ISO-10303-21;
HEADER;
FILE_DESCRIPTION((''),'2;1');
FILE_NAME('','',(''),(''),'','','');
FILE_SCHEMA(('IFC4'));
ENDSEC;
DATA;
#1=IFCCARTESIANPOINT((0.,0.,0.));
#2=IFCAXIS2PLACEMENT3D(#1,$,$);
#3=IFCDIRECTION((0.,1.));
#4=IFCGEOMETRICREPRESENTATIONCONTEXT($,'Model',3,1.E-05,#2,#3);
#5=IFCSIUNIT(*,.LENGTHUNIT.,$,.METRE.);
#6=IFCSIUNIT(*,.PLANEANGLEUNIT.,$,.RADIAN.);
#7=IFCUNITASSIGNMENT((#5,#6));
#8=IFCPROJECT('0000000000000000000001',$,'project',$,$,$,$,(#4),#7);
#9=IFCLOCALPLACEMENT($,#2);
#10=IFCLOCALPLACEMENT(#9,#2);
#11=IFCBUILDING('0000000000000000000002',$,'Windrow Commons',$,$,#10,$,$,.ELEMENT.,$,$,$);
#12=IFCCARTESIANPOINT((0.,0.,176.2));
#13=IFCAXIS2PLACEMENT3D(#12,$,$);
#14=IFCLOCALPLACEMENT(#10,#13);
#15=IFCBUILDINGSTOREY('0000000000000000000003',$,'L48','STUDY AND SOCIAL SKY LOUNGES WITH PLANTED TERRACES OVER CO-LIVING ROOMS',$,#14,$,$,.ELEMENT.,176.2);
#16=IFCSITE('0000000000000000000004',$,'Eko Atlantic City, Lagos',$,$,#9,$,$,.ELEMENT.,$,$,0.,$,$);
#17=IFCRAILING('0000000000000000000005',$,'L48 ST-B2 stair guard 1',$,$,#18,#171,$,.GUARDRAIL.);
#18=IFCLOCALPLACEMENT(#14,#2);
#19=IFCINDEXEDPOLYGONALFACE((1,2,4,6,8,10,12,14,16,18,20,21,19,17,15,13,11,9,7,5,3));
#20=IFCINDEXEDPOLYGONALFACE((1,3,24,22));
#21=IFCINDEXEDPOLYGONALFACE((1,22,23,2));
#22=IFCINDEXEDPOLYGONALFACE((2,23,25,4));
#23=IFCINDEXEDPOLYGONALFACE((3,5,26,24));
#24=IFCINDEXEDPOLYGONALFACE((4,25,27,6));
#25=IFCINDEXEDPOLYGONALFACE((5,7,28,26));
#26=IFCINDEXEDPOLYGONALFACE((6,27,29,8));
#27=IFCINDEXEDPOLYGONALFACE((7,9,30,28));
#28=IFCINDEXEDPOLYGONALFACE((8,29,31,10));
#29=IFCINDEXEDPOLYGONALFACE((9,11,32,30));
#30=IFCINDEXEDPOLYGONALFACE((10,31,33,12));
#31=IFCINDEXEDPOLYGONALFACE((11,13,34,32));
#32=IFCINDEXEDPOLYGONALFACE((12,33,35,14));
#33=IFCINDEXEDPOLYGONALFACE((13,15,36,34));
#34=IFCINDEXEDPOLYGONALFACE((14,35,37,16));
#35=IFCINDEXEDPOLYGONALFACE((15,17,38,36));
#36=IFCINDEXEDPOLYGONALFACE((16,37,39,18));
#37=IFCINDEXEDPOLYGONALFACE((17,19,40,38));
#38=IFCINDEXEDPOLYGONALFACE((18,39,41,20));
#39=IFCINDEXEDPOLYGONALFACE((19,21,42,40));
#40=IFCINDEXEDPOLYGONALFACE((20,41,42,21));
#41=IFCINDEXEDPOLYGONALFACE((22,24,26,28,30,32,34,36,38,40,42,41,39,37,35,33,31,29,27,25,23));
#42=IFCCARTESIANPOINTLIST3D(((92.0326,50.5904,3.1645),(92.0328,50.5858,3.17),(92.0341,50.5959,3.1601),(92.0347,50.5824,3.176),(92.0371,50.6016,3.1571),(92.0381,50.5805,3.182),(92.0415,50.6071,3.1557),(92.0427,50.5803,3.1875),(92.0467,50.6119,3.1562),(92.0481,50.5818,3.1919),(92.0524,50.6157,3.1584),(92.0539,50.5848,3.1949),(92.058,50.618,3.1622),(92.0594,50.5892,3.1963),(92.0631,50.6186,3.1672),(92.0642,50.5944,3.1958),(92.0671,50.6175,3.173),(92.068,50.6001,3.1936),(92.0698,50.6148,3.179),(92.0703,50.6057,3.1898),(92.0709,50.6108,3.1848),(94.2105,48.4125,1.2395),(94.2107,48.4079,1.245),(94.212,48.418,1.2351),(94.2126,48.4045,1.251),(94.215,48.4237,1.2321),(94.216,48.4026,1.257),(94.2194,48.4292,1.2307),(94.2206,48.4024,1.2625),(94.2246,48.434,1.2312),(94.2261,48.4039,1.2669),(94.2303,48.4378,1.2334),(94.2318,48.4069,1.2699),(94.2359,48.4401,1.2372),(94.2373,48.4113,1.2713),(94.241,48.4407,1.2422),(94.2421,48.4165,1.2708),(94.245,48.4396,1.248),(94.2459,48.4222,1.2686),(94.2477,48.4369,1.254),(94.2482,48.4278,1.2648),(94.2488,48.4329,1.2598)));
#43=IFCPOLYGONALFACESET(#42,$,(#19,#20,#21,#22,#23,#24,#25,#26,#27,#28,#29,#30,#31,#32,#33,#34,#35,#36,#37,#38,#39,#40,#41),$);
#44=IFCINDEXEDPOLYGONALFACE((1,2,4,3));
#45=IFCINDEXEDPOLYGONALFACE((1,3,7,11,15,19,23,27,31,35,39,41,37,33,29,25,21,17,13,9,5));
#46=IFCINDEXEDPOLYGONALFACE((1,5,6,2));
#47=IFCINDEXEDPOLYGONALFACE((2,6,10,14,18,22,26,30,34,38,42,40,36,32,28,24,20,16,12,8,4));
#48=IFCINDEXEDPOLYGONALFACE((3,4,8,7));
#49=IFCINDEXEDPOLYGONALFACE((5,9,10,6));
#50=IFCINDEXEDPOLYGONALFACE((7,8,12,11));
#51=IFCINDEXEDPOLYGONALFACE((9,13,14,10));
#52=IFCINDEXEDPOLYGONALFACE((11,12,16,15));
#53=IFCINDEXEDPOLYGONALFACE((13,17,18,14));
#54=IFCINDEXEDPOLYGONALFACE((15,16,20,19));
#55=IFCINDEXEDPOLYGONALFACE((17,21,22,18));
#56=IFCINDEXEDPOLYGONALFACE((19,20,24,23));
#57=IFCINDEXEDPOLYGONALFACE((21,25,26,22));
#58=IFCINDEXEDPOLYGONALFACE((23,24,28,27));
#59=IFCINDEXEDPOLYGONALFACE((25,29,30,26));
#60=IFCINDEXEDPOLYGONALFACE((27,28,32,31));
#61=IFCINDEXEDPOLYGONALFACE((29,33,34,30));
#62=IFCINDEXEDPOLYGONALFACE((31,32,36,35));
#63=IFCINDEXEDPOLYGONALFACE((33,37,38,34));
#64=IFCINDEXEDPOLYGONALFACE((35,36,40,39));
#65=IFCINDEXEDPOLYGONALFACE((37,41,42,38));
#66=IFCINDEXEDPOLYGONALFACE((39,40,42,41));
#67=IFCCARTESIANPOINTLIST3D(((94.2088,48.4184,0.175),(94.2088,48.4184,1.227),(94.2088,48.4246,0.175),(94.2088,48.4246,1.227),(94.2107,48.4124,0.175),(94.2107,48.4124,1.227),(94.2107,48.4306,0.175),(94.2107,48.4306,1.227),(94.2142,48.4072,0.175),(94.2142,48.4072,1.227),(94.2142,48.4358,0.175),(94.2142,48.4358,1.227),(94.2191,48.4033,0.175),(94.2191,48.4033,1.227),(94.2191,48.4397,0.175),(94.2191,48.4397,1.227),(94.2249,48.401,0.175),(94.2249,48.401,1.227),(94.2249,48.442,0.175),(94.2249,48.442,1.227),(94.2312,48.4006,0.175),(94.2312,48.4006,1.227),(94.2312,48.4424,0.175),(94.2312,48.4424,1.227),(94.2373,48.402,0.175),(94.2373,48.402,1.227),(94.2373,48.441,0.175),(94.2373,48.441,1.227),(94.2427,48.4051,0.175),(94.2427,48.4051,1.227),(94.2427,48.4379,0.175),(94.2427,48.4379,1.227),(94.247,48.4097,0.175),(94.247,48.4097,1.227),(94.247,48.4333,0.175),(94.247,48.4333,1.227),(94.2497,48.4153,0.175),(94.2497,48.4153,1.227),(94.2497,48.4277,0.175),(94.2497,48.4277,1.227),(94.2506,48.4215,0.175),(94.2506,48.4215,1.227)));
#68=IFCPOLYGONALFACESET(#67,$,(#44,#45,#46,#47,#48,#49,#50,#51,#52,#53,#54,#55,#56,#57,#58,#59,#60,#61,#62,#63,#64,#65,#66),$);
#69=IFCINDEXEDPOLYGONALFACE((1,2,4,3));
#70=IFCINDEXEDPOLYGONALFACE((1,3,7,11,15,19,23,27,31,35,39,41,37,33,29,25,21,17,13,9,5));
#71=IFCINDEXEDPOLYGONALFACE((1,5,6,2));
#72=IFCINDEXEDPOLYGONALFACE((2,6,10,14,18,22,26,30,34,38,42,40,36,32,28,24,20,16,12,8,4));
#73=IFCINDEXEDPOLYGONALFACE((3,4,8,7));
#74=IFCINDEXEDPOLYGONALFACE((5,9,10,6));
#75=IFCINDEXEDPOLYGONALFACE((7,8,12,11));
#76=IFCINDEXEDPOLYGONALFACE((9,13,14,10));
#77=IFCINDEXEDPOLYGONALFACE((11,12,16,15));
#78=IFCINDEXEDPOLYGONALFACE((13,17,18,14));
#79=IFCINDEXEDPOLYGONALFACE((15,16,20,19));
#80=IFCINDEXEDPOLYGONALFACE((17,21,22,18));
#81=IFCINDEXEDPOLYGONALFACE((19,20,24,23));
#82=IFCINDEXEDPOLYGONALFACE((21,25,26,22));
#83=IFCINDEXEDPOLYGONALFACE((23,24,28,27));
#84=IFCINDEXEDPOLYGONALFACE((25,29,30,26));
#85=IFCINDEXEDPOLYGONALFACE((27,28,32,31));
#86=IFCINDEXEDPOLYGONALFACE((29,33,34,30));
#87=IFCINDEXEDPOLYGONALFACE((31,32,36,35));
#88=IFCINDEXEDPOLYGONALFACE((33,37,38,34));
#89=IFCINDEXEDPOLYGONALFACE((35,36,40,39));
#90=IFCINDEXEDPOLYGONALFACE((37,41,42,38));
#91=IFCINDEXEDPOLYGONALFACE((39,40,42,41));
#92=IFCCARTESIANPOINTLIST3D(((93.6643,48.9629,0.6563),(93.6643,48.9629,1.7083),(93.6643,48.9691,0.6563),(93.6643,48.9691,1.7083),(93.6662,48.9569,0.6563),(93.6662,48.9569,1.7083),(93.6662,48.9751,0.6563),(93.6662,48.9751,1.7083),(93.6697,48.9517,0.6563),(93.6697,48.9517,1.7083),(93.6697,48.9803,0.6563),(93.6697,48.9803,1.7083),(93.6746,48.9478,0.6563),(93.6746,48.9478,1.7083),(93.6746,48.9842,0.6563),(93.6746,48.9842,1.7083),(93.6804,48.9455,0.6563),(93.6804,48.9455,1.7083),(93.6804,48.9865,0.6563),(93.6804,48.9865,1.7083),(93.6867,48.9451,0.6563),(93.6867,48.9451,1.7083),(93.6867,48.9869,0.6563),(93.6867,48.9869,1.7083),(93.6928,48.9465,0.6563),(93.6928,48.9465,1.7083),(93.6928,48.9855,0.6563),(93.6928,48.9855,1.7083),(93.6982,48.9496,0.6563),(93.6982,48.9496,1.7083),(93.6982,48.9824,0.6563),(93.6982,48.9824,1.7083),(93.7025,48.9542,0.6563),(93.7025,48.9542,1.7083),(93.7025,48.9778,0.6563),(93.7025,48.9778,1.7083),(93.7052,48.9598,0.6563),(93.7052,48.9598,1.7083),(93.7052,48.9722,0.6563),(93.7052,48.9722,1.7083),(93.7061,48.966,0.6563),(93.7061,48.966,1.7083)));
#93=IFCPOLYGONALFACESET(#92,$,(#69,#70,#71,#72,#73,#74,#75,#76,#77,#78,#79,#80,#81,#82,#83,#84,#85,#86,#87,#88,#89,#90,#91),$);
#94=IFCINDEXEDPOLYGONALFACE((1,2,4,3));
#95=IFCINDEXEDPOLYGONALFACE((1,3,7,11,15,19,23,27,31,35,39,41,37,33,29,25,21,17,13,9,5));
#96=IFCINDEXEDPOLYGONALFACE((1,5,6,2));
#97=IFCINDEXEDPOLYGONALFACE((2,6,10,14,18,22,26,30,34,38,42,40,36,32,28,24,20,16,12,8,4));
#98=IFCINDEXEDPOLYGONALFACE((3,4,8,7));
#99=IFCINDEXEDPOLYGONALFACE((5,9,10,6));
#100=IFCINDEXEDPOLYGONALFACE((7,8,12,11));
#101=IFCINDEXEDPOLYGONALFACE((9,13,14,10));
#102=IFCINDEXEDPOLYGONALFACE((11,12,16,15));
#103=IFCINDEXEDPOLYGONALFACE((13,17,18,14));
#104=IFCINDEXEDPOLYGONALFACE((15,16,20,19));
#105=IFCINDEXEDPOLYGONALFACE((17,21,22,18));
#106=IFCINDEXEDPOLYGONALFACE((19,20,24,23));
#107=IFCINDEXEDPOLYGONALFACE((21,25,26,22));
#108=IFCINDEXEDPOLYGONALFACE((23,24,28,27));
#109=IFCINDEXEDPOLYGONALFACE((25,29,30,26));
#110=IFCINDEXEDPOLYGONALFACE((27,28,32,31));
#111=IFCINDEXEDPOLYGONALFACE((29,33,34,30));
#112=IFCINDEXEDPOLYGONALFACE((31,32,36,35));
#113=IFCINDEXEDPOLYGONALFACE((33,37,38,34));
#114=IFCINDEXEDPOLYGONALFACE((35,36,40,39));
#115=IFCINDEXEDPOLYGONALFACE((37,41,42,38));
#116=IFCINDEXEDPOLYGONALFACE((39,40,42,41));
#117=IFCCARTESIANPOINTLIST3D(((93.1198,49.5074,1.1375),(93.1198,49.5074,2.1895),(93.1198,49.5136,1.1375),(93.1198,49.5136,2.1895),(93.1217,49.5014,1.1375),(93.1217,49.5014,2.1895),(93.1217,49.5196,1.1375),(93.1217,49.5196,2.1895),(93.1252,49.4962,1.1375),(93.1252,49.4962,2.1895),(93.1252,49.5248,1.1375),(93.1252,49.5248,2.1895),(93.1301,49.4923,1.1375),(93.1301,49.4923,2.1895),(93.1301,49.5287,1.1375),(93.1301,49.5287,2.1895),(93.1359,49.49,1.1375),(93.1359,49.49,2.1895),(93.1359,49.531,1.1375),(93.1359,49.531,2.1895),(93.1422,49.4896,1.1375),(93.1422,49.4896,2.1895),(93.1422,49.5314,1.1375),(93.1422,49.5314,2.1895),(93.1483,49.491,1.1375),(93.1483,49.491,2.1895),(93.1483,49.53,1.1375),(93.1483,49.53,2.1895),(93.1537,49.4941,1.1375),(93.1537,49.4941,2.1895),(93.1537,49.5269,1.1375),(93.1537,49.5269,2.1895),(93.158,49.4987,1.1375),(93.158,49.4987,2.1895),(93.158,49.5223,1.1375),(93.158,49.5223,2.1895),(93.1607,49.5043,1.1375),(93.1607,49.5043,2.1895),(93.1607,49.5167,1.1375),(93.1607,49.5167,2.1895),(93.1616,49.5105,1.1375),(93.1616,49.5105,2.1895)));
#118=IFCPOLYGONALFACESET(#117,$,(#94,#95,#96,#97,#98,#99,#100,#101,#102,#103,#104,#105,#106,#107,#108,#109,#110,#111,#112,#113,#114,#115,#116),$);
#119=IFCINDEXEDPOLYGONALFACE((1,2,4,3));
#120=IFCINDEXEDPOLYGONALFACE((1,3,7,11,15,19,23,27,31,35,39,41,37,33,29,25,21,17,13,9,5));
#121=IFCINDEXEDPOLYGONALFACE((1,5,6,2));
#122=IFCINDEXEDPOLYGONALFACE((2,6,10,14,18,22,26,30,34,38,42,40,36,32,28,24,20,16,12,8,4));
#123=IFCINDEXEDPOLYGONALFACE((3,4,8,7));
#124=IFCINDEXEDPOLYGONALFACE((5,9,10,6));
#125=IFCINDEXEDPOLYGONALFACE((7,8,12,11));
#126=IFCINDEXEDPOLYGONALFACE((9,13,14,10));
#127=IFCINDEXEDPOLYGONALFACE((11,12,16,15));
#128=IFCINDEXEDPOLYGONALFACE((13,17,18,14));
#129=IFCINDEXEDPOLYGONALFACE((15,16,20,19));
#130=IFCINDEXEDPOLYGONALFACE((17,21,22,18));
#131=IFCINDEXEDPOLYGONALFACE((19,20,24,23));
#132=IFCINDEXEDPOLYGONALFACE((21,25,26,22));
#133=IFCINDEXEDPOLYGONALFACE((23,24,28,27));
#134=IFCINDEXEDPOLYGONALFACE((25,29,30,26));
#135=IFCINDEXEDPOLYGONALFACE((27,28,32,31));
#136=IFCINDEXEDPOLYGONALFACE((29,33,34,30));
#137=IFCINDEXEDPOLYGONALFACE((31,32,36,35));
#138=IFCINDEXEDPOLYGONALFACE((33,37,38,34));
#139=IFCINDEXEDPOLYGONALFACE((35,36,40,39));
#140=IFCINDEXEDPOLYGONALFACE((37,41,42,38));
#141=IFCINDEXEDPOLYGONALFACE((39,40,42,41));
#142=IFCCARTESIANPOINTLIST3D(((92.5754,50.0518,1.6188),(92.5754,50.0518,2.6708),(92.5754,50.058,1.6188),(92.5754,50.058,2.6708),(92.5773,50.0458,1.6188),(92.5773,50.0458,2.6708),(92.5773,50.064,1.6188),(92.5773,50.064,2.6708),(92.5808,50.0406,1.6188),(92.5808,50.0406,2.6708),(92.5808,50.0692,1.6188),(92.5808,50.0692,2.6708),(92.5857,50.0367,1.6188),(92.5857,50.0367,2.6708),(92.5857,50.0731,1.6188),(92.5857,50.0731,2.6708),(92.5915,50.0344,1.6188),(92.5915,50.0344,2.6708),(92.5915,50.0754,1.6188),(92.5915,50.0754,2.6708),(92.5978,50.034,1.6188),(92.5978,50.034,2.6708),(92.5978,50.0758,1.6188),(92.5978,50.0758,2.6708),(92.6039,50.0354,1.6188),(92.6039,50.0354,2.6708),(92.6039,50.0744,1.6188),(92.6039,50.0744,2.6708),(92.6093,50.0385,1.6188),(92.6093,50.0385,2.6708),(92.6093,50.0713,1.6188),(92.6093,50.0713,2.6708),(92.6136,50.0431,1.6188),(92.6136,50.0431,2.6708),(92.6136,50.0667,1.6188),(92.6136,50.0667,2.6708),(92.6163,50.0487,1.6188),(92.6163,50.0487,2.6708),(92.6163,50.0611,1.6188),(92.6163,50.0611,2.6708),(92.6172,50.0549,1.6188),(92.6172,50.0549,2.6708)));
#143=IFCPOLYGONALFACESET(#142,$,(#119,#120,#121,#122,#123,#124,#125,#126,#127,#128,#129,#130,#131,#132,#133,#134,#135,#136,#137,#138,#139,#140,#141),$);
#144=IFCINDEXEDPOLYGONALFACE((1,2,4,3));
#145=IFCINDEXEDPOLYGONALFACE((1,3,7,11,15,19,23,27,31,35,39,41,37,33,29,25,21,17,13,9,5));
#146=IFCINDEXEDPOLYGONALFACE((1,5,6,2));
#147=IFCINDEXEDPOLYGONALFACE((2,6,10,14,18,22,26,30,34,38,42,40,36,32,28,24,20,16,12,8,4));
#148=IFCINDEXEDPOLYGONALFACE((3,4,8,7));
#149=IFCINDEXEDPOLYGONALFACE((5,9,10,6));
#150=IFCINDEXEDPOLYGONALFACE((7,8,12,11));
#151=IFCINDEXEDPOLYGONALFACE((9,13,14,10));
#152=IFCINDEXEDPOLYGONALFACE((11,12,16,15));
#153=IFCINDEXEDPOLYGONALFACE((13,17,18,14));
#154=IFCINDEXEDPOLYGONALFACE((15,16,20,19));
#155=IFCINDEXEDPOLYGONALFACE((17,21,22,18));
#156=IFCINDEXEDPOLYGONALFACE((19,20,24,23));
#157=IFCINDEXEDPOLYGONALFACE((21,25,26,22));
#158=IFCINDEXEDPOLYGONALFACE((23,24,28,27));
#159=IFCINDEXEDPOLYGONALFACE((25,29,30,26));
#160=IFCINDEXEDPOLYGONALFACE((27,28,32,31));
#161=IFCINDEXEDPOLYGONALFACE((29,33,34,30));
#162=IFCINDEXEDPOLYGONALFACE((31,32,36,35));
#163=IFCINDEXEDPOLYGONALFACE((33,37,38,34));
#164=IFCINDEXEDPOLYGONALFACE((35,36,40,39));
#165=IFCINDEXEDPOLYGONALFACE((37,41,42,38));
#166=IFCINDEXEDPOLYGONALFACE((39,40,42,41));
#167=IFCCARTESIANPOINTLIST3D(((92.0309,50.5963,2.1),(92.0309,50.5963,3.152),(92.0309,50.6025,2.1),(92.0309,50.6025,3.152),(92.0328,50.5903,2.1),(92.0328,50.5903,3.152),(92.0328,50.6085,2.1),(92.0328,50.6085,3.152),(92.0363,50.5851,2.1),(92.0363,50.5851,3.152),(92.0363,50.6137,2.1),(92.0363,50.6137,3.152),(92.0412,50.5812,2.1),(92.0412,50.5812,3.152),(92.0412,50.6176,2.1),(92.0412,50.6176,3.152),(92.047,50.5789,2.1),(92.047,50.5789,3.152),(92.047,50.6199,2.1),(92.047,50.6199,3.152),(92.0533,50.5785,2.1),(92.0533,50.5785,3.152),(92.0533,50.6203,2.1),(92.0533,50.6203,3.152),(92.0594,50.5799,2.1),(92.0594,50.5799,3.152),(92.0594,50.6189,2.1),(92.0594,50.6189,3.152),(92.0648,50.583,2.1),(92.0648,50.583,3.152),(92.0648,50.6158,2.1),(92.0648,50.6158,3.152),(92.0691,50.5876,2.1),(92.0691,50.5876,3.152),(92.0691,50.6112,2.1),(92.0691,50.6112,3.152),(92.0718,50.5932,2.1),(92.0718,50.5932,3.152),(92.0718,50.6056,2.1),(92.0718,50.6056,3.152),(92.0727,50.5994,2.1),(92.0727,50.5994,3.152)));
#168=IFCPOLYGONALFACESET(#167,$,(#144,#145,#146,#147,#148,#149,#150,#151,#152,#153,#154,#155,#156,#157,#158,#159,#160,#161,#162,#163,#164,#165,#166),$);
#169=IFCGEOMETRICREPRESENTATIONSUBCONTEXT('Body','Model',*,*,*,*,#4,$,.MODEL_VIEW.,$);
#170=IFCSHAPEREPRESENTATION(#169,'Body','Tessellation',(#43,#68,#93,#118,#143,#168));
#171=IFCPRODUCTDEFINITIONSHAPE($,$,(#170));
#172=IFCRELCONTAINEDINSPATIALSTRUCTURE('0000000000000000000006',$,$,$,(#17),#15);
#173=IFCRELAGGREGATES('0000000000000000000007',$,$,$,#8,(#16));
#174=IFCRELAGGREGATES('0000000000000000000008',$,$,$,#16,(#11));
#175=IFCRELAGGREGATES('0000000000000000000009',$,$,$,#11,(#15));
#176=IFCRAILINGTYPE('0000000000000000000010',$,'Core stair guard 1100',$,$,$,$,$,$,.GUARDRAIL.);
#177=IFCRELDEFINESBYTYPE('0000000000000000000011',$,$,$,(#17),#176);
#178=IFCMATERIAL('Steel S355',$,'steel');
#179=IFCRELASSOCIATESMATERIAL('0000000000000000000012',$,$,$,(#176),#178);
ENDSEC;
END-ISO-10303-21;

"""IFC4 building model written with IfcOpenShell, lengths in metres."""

from ifc_helpers import new_model, si_unit, direction, frame, origin, origin_2d, place, context, subcontext, project, spatial, circle, extrude, material, type_object, element, save


model = new_model("IFC4")

# Units and contexts
model_context = context("Model", 3, precision=1e-05, world=origin(), true_north=direction((0.0, 1.0)))
body_context = subcontext(model_context, "Body", "Model", "MODEL_VIEW")
ifc_project = project(units=[si_unit("LENGTHUNIT", "METRE"), si_unit("PLANEANGLEUNIT", "RADIAN")], contexts=[model_context])

# Site, building, storey
site_placement = place(None, origin())
site = spatial("IfcSite", under=ifc_project, at=site_placement, Name="Eko Atlantic City, Lagos", CompositionType="ELEMENT", RefElevation=0.0)
building_placement = place(site_placement, origin())
building = spatial("IfcBuilding", under=site, at=building_placement, Name="Windrow Commons", CompositionType="ELEMENT")
storey_placement = place(building_placement, frame((0.0, 0.0, 176.2)))
storey = spatial("IfcBuildingStorey", under=building, at=storey_placement, Name="L48", Description="STUDY AND SOCIAL SKY LOUNGES WITH PLANTED TERRACES OVER CO-LIVING ROOMS", CompositionType="ELEMENT", Elevation=176.2)

# Railing
ifc_material_1 = material(Name="Steel S355", Category="steel")
railing_type_1 = type_object("IfcRailingType", Name="Core stair guard 1100", PredefinedType="GUARDRAIL", material=ifc_material_1)
railing_1_placement = place(storey_placement, frame((94.2296, 48.4215, 0.175)))
element("IfcRailing", 1, at=railing_1_placement, inside=storey, type_object=railing_type_1, Name="L48 ST-B2 stair guard 1", PredefinedType="GUARDRAIL", context=body_context, shape_type="SweptSolid", body=[
    extrude(circle(Radius=0.024, at=origin_2d()), frame((0.0, 0.0, 1.076), z_axis=(-0.599626, 0.599626, 0.529997), x_axis=(-0.707107, -0.707107, 0.0)), (0.0, 0.0, 1.0), 3.6321),
    extrude(circle(Radius=0.021, at=origin_2d()), origin(), (0.0, 0.0, 1.0), 1.052),
    extrude(circle(Radius=0.021, at=origin_2d()), frame((-0.5445, 0.5445, 0.4813)), (0.0, 0.0, 1.0), 1.052),
    extrude(circle(Radius=0.021, at=origin_2d()), frame((-1.089, 1.089, 0.9625)), (0.0, 0.0, 1.0), 1.052),
    extrude(circle(Radius=0.021, at=origin_2d()), frame((-1.6334, 1.6334, 1.4438)), (0.0, 0.0, 1.0), 1.052),
    extrude(circle(Radius=0.021, at=origin_2d()), frame((-2.1779, 2.1779, 1.925)), (0.0, 0.0, 1.0), 1.052),
])

save(model, "model.ifc")
